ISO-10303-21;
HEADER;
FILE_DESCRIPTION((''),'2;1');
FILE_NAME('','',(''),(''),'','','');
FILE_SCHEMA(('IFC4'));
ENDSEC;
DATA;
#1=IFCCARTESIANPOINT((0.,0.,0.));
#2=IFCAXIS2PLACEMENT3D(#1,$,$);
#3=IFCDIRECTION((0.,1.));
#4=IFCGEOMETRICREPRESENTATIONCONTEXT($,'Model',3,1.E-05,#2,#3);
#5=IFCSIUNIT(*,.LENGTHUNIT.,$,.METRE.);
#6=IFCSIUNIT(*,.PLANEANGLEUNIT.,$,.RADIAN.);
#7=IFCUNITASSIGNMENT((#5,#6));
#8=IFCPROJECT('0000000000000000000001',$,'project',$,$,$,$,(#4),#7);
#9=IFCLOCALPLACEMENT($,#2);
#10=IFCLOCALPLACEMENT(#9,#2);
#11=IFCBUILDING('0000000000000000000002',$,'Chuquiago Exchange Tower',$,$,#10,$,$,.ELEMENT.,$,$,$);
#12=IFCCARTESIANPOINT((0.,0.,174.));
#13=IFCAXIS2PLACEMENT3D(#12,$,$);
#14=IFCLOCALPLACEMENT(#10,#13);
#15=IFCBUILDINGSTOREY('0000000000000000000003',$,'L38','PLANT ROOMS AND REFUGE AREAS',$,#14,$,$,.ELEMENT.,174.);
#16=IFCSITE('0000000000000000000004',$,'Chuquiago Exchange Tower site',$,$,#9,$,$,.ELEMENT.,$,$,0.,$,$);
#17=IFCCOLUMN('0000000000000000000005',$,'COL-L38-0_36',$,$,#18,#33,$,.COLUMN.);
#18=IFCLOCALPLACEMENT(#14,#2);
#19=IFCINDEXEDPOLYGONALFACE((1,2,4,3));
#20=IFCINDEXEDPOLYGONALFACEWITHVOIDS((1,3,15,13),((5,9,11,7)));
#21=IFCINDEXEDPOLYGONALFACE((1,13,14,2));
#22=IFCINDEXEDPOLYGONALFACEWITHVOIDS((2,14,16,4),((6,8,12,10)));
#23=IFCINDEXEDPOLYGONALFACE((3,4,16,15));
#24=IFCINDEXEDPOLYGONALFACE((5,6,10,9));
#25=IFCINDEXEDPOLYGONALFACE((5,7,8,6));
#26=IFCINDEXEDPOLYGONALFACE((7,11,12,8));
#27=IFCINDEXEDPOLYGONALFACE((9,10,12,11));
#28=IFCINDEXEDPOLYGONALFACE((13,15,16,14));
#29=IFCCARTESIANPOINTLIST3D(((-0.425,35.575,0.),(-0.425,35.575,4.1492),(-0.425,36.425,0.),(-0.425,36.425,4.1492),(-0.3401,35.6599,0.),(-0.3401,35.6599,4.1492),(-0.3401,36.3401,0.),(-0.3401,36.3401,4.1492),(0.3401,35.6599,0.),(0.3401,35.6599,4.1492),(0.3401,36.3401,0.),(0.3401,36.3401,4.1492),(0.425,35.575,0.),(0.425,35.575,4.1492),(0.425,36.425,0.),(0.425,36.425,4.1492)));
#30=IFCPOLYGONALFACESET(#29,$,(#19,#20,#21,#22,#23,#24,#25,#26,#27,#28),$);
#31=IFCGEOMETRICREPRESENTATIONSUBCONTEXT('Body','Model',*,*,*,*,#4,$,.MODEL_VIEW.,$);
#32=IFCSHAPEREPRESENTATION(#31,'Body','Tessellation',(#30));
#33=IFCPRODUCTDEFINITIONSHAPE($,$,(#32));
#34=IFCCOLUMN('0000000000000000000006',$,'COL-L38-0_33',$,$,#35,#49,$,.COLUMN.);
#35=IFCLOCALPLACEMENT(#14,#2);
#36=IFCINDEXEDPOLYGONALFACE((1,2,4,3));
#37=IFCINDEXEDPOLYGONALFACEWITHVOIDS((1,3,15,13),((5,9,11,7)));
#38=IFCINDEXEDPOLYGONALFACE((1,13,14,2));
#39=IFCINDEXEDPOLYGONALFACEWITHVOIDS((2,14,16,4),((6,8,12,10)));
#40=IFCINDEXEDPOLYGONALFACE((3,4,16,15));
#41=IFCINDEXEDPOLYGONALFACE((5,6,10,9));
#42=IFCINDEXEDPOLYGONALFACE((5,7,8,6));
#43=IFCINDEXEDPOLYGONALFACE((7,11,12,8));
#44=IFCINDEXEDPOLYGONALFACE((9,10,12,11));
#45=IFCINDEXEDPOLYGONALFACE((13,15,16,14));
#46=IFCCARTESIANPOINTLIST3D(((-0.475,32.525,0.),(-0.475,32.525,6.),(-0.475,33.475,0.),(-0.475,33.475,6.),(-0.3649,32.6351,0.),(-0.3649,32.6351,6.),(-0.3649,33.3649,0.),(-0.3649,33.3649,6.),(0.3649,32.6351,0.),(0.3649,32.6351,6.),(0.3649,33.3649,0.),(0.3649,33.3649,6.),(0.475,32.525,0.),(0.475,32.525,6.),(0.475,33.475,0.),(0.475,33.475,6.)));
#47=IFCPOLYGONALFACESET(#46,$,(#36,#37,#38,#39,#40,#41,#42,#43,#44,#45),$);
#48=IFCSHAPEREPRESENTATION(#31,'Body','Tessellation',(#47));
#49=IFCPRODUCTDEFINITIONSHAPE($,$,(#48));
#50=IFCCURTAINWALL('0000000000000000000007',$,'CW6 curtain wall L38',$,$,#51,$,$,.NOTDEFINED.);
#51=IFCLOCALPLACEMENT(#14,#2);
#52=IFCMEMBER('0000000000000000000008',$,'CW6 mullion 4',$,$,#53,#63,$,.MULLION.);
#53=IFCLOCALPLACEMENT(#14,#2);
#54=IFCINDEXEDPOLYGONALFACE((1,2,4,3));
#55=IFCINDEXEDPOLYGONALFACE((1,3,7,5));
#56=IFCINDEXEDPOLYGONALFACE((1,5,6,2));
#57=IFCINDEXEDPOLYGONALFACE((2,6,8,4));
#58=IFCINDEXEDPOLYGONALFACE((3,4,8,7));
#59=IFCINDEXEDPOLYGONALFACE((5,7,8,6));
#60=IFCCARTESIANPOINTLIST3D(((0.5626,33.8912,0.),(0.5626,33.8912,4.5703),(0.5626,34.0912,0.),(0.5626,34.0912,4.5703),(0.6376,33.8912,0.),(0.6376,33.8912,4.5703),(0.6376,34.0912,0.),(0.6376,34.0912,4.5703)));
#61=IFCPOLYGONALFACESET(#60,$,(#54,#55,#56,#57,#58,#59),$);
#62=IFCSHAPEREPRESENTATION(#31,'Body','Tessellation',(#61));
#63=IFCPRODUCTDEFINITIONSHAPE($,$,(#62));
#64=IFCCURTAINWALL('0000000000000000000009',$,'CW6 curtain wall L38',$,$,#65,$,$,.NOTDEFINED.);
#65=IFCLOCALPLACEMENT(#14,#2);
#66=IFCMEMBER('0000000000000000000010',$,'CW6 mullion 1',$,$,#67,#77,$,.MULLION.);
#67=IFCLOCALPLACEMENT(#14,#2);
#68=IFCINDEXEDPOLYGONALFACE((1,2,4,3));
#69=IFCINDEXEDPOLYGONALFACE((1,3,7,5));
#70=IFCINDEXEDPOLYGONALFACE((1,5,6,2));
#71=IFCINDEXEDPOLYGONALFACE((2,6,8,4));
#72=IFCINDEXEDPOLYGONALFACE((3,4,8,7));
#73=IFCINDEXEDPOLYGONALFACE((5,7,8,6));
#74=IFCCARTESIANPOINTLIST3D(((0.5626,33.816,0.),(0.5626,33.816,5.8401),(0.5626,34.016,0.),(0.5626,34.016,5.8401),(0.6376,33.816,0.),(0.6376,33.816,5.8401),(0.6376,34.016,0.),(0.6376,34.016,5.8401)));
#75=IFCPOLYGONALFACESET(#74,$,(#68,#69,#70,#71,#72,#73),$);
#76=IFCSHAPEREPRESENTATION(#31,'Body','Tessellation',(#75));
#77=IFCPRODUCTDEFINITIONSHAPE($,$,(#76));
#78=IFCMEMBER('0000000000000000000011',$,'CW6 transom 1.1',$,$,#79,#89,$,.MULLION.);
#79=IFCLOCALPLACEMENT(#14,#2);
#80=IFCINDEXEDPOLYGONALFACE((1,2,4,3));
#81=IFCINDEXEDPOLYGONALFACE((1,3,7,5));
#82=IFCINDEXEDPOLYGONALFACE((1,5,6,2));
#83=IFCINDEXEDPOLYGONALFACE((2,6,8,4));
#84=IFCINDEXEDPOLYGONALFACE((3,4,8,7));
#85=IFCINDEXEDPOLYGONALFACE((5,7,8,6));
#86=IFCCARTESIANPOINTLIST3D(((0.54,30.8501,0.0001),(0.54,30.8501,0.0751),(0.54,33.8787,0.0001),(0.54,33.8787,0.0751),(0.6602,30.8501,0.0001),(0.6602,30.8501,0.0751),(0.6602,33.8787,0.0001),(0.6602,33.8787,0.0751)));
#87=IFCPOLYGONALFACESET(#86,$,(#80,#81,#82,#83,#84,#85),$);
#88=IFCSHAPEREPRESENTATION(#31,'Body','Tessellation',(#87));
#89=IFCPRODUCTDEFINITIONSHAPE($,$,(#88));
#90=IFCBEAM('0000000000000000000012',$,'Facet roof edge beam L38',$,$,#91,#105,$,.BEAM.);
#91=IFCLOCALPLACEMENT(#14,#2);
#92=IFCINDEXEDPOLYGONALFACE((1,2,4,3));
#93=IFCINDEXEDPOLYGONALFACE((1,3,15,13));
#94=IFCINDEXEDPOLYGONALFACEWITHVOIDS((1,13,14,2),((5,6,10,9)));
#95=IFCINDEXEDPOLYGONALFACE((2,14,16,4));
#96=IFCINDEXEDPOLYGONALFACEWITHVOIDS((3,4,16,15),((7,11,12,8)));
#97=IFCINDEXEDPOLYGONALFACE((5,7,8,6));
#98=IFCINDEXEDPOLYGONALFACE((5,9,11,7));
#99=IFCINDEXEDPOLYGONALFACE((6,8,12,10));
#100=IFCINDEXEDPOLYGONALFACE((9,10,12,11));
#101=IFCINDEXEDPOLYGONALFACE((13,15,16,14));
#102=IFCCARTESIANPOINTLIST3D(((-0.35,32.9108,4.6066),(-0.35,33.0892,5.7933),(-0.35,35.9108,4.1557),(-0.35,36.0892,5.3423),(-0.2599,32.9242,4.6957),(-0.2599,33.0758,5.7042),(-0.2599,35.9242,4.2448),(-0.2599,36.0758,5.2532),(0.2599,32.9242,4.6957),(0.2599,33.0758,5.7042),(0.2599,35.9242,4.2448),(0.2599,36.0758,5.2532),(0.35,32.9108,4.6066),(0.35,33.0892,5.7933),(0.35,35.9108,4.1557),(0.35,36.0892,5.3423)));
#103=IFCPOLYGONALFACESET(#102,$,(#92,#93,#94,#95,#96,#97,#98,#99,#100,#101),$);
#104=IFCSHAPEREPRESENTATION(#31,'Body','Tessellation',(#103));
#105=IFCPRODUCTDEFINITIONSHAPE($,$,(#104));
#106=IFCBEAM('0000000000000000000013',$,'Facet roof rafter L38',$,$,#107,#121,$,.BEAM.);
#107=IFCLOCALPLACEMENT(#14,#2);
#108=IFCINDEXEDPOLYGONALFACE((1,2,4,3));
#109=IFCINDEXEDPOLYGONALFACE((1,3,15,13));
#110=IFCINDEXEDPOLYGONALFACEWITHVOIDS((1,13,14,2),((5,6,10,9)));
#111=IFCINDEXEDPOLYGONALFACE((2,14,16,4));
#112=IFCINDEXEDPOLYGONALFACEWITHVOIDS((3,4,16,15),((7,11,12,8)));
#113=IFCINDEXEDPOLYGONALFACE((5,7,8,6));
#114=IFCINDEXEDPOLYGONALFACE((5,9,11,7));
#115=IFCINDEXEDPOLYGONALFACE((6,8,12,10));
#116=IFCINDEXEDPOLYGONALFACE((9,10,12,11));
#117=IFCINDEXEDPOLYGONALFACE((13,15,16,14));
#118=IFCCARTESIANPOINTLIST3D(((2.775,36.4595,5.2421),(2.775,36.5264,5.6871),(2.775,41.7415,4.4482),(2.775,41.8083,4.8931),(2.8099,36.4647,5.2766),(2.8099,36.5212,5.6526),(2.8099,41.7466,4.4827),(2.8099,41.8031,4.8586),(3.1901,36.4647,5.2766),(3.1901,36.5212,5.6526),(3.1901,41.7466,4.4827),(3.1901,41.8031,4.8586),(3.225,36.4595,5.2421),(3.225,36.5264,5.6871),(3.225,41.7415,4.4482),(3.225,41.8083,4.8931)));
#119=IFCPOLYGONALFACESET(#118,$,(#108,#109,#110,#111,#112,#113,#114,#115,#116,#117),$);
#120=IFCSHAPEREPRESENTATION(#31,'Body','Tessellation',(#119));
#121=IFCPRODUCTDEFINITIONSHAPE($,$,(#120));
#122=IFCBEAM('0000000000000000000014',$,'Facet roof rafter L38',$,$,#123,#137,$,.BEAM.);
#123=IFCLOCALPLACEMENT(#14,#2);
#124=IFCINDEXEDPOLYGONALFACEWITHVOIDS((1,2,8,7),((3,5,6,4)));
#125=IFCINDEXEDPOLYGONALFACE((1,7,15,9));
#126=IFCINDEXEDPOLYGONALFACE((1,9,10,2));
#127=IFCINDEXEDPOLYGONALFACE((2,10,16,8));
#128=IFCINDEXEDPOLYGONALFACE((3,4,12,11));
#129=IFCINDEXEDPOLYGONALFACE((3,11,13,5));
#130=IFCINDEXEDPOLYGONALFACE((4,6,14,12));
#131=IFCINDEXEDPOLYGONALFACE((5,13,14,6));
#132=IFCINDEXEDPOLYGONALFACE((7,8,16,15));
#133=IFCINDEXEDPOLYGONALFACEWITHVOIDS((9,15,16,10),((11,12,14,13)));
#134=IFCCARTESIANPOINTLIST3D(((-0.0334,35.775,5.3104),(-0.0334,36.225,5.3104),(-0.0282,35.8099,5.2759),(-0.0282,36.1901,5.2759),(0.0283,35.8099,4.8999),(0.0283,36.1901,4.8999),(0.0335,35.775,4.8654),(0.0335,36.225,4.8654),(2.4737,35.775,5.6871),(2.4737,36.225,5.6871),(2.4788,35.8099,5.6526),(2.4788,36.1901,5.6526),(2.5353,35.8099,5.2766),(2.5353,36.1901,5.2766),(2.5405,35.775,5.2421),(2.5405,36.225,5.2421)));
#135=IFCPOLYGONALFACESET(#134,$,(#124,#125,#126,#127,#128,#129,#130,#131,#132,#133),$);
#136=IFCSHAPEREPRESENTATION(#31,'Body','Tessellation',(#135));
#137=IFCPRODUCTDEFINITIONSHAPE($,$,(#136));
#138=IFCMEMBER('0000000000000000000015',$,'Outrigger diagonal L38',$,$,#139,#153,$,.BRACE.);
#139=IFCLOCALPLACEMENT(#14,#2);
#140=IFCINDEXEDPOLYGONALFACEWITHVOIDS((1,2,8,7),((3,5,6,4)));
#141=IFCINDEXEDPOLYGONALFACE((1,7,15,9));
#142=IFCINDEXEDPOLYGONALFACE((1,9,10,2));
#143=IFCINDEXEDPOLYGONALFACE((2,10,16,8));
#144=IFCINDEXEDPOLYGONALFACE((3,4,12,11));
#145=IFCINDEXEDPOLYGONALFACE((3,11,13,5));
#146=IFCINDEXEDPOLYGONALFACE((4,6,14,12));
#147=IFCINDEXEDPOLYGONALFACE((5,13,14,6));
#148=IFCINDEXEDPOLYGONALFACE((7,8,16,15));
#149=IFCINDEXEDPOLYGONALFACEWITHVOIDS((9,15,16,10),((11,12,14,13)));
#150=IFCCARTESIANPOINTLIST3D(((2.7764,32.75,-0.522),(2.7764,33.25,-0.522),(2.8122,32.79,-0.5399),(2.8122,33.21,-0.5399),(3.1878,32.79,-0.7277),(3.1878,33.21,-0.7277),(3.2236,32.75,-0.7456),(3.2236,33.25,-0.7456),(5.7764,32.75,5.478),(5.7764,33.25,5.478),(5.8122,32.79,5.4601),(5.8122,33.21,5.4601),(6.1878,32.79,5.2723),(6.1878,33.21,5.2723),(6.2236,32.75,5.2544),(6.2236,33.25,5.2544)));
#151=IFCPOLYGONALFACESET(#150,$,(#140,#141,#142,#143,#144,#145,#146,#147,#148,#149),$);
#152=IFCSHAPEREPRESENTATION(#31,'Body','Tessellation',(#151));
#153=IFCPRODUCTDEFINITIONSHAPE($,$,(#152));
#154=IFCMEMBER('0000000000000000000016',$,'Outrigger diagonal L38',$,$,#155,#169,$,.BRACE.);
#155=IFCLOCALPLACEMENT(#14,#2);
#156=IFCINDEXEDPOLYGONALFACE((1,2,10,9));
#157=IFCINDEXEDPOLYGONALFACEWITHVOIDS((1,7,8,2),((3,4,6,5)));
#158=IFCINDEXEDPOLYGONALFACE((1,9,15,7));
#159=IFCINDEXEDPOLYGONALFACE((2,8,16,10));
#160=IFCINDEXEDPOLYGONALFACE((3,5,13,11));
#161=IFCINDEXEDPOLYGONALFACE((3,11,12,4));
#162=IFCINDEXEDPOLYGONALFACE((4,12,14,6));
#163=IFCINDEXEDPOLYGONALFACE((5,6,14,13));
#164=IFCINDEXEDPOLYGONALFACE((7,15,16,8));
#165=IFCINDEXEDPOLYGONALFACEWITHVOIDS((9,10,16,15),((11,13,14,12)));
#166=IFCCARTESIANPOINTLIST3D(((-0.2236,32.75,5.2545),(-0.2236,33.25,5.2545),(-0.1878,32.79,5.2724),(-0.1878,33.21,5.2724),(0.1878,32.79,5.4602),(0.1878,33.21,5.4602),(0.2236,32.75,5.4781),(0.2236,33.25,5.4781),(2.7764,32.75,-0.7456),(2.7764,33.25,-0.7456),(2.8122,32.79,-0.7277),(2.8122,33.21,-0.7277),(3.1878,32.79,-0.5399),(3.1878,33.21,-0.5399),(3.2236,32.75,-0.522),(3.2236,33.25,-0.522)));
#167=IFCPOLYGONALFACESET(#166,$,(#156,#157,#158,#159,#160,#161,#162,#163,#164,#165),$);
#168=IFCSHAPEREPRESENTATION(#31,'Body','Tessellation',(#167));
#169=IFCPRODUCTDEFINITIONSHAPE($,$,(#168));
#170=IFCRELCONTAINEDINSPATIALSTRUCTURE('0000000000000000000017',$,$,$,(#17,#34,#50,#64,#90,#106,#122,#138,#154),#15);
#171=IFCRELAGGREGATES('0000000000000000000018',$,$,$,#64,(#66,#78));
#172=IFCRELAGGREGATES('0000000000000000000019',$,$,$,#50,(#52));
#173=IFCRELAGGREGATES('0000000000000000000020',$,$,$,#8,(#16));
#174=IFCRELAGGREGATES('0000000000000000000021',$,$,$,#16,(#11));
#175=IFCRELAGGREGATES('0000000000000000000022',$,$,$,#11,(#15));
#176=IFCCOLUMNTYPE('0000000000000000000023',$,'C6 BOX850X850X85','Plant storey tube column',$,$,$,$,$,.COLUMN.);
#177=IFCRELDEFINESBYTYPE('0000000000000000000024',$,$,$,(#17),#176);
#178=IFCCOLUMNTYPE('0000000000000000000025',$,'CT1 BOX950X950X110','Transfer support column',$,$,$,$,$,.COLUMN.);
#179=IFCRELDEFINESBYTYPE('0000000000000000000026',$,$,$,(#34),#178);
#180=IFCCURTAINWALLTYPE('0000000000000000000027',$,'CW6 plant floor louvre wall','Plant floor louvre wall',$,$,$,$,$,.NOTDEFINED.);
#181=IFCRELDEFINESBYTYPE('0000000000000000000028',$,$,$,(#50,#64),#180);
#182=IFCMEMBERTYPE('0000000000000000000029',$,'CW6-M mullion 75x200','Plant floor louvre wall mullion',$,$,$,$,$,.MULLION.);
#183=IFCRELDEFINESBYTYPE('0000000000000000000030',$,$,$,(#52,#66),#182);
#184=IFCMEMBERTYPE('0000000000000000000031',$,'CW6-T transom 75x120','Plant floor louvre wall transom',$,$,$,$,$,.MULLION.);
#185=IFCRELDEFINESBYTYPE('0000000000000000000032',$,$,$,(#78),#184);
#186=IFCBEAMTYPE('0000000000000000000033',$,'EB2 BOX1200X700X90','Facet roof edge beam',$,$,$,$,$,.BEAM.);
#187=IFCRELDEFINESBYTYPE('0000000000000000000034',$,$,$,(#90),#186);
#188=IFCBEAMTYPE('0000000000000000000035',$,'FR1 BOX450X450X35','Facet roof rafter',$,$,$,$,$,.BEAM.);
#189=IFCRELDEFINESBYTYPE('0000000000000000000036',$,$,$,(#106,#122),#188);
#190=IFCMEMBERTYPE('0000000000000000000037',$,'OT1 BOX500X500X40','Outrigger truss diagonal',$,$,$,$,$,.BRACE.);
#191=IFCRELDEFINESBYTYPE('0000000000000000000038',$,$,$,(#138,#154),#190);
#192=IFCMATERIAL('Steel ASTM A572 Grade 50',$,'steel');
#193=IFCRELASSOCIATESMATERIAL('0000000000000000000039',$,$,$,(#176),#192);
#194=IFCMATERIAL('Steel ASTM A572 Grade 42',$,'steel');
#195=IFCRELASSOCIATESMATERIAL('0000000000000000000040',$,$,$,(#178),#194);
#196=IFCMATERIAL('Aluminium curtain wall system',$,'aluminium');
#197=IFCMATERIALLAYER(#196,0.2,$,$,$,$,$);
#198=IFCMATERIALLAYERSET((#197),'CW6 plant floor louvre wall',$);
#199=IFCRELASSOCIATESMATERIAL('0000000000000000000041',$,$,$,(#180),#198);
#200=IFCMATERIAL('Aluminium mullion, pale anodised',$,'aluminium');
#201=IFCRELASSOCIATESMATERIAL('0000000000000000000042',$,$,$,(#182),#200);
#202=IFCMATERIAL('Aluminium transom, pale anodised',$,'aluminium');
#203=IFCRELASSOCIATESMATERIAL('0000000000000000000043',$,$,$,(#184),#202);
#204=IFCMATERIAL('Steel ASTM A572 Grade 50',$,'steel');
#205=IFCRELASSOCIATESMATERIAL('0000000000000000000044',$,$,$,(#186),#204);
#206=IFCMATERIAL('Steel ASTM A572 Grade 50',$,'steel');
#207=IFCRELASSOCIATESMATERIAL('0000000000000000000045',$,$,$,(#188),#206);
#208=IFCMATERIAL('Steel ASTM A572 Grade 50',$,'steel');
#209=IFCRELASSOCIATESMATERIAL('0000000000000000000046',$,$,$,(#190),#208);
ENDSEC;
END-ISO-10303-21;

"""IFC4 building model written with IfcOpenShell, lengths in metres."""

from ifc_helpers import new_model, si_unit, direction, frame, origin, origin_2d, place, context, subcontext, project, spatial, rectangle, hollow_rectangle, extrude, material, layer, layer_set, material_profile, profile_set, type_object, element, aggregate, save


model = new_model("IFC4")

# Units and contexts
model_context = context("Model", 3, precision=1e-05, world=origin(), true_north=direction((0.0, 1.0)))
body_context = subcontext(model_context, "Body", "Model", "MODEL_VIEW")
ifc_project = project(units=[si_unit("LENGTHUNIT", "METRE"), si_unit("PLANEANGLEUNIT", "RADIAN")], contexts=[model_context])

# Site, building, storey
site_placement = place(None, origin())
site = spatial("IfcSite", under=ifc_project, at=site_placement, Name="Chuquiago Exchange Tower site", CompositionType="ELEMENT", RefElevation=0.0)
building_placement = place(site_placement, origin())
building = spatial("IfcBuilding", under=site, at=building_placement, Name="Chuquiago Exchange Tower", CompositionType="ELEMENT")
storey_placement = place(building_placement, frame((0.0, 0.0, 174.0)))
storey = spatial("IfcBuildingStorey", under=building, at=storey_placement, Name="L38", Description="PLANT ROOMS AND REFUGE AREAS", CompositionType="ELEMENT", Elevation=174.0)

# Columns
ifc_material_1 = material(Name="Steel ASTM A572 Grade 50", Category="steel")
ifc_material_profile_1 = material_profile(ifc_material_1, hollow_rectangle(XDim=0.8501, YDim=0.8501, WallThickness=0.085, at=origin_2d()), Name="BOX850X850X85")
ifc_profile_set_1 = profile_set([ifc_material_profile_1], Name="Steel ASTM A572 Grade 50")
column_type_1 = type_object("IfcColumnType", Name="C6 BOX850X850X85", Description="Plant storey tube column", PredefinedType="COLUMN", material=ifc_profile_set_1)
column_1_placement = place(storey_placement, frame((0.0, 36.0, 0.0), z_axis=(0.0, 0.0, 1.0), x_axis=(-1.0, 0.0, 0.0)))
element("IfcColumn", 1, at=column_1_placement, inside=storey, type_object=column_type_1, Name="COL-L38-0_36", PredefinedType="COLUMN", context=body_context, shape_type="SweptSolid", body=[
    extrude(hollow_rectangle(XDim=0.8501, YDim=0.8501, WallThickness=0.085, at=origin_2d()), origin(), (0.0, 0.0, 1.0), 4.1492),
])
ifc_material_2 = material(Name="Steel ASTM A572 Grade 42", Category="steel")
ifc_material_profile_2 = material_profile(ifc_material_2, hollow_rectangle(XDim=0.95, YDim=0.95, WallThickness=0.1101, at=origin_2d()), Name="BOX950X950X110")
ifc_profile_set_2 = profile_set([ifc_material_profile_2], Name="Steel ASTM A572 Grade 42")
column_type_2 = type_object("IfcColumnType", Name="CT1 BOX950X950X110", Description="Transfer support column", PredefinedType="COLUMN", material=ifc_profile_set_2)
column_2_placement = place(storey_placement, frame((0.0, 33.0, 0.0), z_axis=(0.0, 0.0, 1.0), x_axis=(-1.0, 0.0, 0.0)))
element("IfcColumn", 2, at=column_2_placement, inside=storey, type_object=column_type_2, Name="COL-L38-0_33", PredefinedType="COLUMN", context=body_context, shape_type="SweptSolid", body=[
    extrude(hollow_rectangle(XDim=0.95, YDim=0.95, WallThickness=0.1101, at=origin_2d()), origin(), (0.0, 0.0, 1.0), 6.0),
])

# Curtain wall, member
ifc_material_3 = material(Name="Aluminium curtain wall system", Category="aluminium")
ifc_layer_1 = layer(ifc_material_3, 0.2)
ifc_layer_set_1 = layer_set([ifc_layer_1], Name="CW6 plant floor louvre wall")
curtain_wall_type = type_object("IfcCurtainWallType", Name="CW6 plant floor louvre wall", Description="Plant floor louvre wall", PredefinedType="NOTDEFINED", material=ifc_layer_set_1)
curtain_wall_1_placement = place(storey_placement, origin())
curtain_wall_1 = element("IfcCurtainWall", 3, at=curtain_wall_1_placement, inside=storey, type_object=curtain_wall_type, Name="CW6 curtain wall L38", PredefinedType="NOTDEFINED")
ifc_material_4 = material(Name="Aluminium mullion, pale anodised", Category="aluminium")
ifc_material_profile_3 = material_profile(ifc_material_4, rectangle(XDim=0.075, YDim=0.2, at=origin_2d()), Name="AL 75x200")
ifc_profile_set_3 = profile_set([ifc_material_profile_3], Name="Aluminium mullion, pale anodised")
member_type_1 = type_object("IfcMemberType", Name="CW6-M mullion 75x200", Description="Plant floor louvre wall mullion", PredefinedType="MULLION", material=ifc_profile_set_3)
member_1_placement = place(storey_placement, frame((0.6001, 33.9912, 0.0), z_axis=(0.0, 0.0, 1.0), x_axis=(1.0, 0.0, 0.0)))
member_1 = element("IfcMember", 4, at=member_1_placement, type_object=member_type_1, Name="CW6 mullion 4", PredefinedType="MULLION", context=body_context, shape_type="SweptSolid", body=[
    extrude(rectangle(XDim=0.075, YDim=0.2, at=origin_2d()), origin(), (0.0, 0.0, 1.0), 4.5703),
])

# Curtain wall, members
curtain_wall_2_placement = place(storey_placement, origin())
curtain_wall_2 = element("IfcCurtainWall", 5, at=curtain_wall_2_placement, inside=storey, type_object=curtain_wall_type, Name="CW6 curtain wall L38", PredefinedType="NOTDEFINED")
member_2_placement = place(storey_placement, frame((0.6001, 33.916, 0.0), z_axis=(0.0, 0.0, 1.0), x_axis=(1.0, 0.0, 0.0)))
member_2 = element("IfcMember", 6, at=member_2_placement, type_object=member_type_1, Name="CW6 mullion 1", PredefinedType="MULLION", context=body_context, shape_type="SweptSolid", body=[
    extrude(rectangle(XDim=0.075, YDim=0.2, at=origin_2d()), origin(), (0.0, 0.0, 1.0), 5.8401),
])
ifc_material_5 = material(Name="Aluminium transom, pale anodised", Category="aluminium")
ifc_material_profile_4 = material_profile(ifc_material_5, rectangle(XDim=0.1201, YDim=0.075, at=origin_2d()), Name="AL 120x75")
ifc_profile_set_4 = profile_set([ifc_material_profile_4], Name="Aluminium transom, pale anodised")
member_type_2 = type_object("IfcMemberType", Name="CW6-T transom 75x120", Description="Plant floor louvre wall transom", PredefinedType="MULLION", material=ifc_profile_set_4)
member_3_placement = place(storey_placement, frame((0.6001, 33.8787, 0.0376), z_axis=(0.0, -1.0, 0.0), x_axis=(1.0, 0.0, 0.0)))
member_3 = element("IfcMember", 7, at=member_3_placement, type_object=member_type_2, Name="CW6 transom 1.1", PredefinedType="MULLION", context=body_context, shape_type="SweptSolid", body=[
    extrude(rectangle(XDim=0.1201, YDim=0.075, at=origin_2d()), origin(), (0.0, 0.0, 1.0), 3.0286),
])
aggregate(curtain_wall_2, [member_2, member_3])

# Beams
ifc_material_6 = material(Name="Steel ASTM A572 Grade 50", Category="steel")
ifc_material_profile_5 = material_profile(ifc_material_6, hollow_rectangle(XDim=0.7, YDim=1.2, WallThickness=0.0901, at=origin_2d()), Name="BOX1200X700X90")
ifc_profile_set_5 = profile_set([ifc_material_profile_5], Name="Steel ASTM A572 Grade 50")
beam_type_1 = type_object("IfcBeamType", Name="EB2 BOX1200X700X90", Description="Facet roof edge beam", PredefinedType="BEAM", material=ifc_profile_set_5)
beam_1_placement = place(storey_placement, frame((0.0, 36.0, 4.749), z_axis=(0.0, -0.988891, 0.14864), x_axis=(1.0, 0.0, 0.0)))
element("IfcBeam", 8, at=beam_1_placement, inside=storey, type_object=beam_type_1, Name="Facet roof edge beam L38", PredefinedType="BEAM", context=body_context, shape_type="SweptSolid", body=[
    extrude(hollow_rectangle(XDim=0.7, YDim=1.2, WallThickness=0.0901, at=origin_2d()), origin(), (0.0, 0.0, 1.0), 3.0337),
])
ifc_material_7 = material(Name="Steel ASTM A572 Grade 50", Category="steel")
ifc_material_profile_6 = material_profile(ifc_material_7, hollow_rectangle(XDim=0.45, YDim=0.45, WallThickness=0.0349, at=origin_2d()), Name="BOX450X450X35")
ifc_profile_set_6 = profile_set([ifc_material_profile_6], Name="Steel ASTM A572 Grade 50")
beam_type_2 = type_object("IfcBeamType", Name="FR1 BOX450X450X35", Description="Facet roof rafter", PredefinedType="BEAM", material=ifc_profile_set_6)
beam_2_placement = place(storey_placement, frame((3.0, 36.4929, 5.4646), z_axis=(0.0, 0.988891, -0.148642), x_axis=(-1.0, 0.0, 0.0)))
element("IfcBeam", 9, at=beam_2_placement, inside=storey, type_object=beam_type_2, Name="Facet roof rafter L38", PredefinedType="BEAM", context=body_context, shape_type="SweptSolid", body=[
    extrude(hollow_rectangle(XDim=0.45, YDim=0.45, WallThickness=0.0349, at=origin_2d()), origin(), (0.0, 0.0, 1.0), 5.3413),
])
beam_3_placement = place(storey_placement, frame((2.5071, 36.0, 5.4646), z_axis=(-0.988899, 0.0, -0.14859), x_axis=(0.0, -1.0, 0.0)))
element("IfcBeam", 10, at=beam_3_placement, inside=storey, type_object=beam_type_2, Name="Facet roof rafter L38", PredefinedType="BEAM", context=body_context, shape_type="SweptSolid", body=[
    extrude(hollow_rectangle(XDim=0.45, YDim=0.45, WallThickness=0.0349, at=origin_2d()), origin(), (0.0, 0.0, 1.0), 2.5352),
])

# Members
ifc_material_8 = material(Name="Steel ASTM A572 Grade 50", Category="steel")
ifc_material_profile_7 = material_profile(ifc_material_8, hollow_rectangle(XDim=0.5, YDim=0.5, WallThickness=0.04, at=origin_2d()), Name="BOX500X500X40")
ifc_profile_set_7 = profile_set([ifc_material_profile_7], Name="Steel ASTM A572 Grade 50")
member_type_3 = type_object("IfcMemberType", Name="OT1 BOX500X500X40", Description="Outrigger truss diagonal", PredefinedType="BRACE", material=ifc_profile_set_7)
for number, where, z_axis, x_axis, name in (
    (11, (6.0, 33.0, 5.3662), (-0.447214, 0.0, -0.894427), (0.0, -1.0, 0.0), "Outrigger diagonal L38"),
    (12, (3.0, 33.0, -0.6338), (-0.447214, 0.0, 0.894427), (0.0, -1.0, 0.0), "Outrigger diagonal L38"),
):
    element("IfcMember", number, at=place(storey_placement, frame(where, z_axis=z_axis, x_axis=x_axis)), inside=storey, type_object=member_type_3, Name=name, PredefinedType="BRACE", context=body_context, shape_type="SweptSolid", body=[
        extrude(hollow_rectangle(XDim=0.5, YDim=0.5, WallThickness=0.04, at=origin_2d()), origin(), (0.0, 0.0, 1.0), 6.7083),
    ])

aggregate(curtain_wall_1, [member_1])

save(model, "model.ifc")
